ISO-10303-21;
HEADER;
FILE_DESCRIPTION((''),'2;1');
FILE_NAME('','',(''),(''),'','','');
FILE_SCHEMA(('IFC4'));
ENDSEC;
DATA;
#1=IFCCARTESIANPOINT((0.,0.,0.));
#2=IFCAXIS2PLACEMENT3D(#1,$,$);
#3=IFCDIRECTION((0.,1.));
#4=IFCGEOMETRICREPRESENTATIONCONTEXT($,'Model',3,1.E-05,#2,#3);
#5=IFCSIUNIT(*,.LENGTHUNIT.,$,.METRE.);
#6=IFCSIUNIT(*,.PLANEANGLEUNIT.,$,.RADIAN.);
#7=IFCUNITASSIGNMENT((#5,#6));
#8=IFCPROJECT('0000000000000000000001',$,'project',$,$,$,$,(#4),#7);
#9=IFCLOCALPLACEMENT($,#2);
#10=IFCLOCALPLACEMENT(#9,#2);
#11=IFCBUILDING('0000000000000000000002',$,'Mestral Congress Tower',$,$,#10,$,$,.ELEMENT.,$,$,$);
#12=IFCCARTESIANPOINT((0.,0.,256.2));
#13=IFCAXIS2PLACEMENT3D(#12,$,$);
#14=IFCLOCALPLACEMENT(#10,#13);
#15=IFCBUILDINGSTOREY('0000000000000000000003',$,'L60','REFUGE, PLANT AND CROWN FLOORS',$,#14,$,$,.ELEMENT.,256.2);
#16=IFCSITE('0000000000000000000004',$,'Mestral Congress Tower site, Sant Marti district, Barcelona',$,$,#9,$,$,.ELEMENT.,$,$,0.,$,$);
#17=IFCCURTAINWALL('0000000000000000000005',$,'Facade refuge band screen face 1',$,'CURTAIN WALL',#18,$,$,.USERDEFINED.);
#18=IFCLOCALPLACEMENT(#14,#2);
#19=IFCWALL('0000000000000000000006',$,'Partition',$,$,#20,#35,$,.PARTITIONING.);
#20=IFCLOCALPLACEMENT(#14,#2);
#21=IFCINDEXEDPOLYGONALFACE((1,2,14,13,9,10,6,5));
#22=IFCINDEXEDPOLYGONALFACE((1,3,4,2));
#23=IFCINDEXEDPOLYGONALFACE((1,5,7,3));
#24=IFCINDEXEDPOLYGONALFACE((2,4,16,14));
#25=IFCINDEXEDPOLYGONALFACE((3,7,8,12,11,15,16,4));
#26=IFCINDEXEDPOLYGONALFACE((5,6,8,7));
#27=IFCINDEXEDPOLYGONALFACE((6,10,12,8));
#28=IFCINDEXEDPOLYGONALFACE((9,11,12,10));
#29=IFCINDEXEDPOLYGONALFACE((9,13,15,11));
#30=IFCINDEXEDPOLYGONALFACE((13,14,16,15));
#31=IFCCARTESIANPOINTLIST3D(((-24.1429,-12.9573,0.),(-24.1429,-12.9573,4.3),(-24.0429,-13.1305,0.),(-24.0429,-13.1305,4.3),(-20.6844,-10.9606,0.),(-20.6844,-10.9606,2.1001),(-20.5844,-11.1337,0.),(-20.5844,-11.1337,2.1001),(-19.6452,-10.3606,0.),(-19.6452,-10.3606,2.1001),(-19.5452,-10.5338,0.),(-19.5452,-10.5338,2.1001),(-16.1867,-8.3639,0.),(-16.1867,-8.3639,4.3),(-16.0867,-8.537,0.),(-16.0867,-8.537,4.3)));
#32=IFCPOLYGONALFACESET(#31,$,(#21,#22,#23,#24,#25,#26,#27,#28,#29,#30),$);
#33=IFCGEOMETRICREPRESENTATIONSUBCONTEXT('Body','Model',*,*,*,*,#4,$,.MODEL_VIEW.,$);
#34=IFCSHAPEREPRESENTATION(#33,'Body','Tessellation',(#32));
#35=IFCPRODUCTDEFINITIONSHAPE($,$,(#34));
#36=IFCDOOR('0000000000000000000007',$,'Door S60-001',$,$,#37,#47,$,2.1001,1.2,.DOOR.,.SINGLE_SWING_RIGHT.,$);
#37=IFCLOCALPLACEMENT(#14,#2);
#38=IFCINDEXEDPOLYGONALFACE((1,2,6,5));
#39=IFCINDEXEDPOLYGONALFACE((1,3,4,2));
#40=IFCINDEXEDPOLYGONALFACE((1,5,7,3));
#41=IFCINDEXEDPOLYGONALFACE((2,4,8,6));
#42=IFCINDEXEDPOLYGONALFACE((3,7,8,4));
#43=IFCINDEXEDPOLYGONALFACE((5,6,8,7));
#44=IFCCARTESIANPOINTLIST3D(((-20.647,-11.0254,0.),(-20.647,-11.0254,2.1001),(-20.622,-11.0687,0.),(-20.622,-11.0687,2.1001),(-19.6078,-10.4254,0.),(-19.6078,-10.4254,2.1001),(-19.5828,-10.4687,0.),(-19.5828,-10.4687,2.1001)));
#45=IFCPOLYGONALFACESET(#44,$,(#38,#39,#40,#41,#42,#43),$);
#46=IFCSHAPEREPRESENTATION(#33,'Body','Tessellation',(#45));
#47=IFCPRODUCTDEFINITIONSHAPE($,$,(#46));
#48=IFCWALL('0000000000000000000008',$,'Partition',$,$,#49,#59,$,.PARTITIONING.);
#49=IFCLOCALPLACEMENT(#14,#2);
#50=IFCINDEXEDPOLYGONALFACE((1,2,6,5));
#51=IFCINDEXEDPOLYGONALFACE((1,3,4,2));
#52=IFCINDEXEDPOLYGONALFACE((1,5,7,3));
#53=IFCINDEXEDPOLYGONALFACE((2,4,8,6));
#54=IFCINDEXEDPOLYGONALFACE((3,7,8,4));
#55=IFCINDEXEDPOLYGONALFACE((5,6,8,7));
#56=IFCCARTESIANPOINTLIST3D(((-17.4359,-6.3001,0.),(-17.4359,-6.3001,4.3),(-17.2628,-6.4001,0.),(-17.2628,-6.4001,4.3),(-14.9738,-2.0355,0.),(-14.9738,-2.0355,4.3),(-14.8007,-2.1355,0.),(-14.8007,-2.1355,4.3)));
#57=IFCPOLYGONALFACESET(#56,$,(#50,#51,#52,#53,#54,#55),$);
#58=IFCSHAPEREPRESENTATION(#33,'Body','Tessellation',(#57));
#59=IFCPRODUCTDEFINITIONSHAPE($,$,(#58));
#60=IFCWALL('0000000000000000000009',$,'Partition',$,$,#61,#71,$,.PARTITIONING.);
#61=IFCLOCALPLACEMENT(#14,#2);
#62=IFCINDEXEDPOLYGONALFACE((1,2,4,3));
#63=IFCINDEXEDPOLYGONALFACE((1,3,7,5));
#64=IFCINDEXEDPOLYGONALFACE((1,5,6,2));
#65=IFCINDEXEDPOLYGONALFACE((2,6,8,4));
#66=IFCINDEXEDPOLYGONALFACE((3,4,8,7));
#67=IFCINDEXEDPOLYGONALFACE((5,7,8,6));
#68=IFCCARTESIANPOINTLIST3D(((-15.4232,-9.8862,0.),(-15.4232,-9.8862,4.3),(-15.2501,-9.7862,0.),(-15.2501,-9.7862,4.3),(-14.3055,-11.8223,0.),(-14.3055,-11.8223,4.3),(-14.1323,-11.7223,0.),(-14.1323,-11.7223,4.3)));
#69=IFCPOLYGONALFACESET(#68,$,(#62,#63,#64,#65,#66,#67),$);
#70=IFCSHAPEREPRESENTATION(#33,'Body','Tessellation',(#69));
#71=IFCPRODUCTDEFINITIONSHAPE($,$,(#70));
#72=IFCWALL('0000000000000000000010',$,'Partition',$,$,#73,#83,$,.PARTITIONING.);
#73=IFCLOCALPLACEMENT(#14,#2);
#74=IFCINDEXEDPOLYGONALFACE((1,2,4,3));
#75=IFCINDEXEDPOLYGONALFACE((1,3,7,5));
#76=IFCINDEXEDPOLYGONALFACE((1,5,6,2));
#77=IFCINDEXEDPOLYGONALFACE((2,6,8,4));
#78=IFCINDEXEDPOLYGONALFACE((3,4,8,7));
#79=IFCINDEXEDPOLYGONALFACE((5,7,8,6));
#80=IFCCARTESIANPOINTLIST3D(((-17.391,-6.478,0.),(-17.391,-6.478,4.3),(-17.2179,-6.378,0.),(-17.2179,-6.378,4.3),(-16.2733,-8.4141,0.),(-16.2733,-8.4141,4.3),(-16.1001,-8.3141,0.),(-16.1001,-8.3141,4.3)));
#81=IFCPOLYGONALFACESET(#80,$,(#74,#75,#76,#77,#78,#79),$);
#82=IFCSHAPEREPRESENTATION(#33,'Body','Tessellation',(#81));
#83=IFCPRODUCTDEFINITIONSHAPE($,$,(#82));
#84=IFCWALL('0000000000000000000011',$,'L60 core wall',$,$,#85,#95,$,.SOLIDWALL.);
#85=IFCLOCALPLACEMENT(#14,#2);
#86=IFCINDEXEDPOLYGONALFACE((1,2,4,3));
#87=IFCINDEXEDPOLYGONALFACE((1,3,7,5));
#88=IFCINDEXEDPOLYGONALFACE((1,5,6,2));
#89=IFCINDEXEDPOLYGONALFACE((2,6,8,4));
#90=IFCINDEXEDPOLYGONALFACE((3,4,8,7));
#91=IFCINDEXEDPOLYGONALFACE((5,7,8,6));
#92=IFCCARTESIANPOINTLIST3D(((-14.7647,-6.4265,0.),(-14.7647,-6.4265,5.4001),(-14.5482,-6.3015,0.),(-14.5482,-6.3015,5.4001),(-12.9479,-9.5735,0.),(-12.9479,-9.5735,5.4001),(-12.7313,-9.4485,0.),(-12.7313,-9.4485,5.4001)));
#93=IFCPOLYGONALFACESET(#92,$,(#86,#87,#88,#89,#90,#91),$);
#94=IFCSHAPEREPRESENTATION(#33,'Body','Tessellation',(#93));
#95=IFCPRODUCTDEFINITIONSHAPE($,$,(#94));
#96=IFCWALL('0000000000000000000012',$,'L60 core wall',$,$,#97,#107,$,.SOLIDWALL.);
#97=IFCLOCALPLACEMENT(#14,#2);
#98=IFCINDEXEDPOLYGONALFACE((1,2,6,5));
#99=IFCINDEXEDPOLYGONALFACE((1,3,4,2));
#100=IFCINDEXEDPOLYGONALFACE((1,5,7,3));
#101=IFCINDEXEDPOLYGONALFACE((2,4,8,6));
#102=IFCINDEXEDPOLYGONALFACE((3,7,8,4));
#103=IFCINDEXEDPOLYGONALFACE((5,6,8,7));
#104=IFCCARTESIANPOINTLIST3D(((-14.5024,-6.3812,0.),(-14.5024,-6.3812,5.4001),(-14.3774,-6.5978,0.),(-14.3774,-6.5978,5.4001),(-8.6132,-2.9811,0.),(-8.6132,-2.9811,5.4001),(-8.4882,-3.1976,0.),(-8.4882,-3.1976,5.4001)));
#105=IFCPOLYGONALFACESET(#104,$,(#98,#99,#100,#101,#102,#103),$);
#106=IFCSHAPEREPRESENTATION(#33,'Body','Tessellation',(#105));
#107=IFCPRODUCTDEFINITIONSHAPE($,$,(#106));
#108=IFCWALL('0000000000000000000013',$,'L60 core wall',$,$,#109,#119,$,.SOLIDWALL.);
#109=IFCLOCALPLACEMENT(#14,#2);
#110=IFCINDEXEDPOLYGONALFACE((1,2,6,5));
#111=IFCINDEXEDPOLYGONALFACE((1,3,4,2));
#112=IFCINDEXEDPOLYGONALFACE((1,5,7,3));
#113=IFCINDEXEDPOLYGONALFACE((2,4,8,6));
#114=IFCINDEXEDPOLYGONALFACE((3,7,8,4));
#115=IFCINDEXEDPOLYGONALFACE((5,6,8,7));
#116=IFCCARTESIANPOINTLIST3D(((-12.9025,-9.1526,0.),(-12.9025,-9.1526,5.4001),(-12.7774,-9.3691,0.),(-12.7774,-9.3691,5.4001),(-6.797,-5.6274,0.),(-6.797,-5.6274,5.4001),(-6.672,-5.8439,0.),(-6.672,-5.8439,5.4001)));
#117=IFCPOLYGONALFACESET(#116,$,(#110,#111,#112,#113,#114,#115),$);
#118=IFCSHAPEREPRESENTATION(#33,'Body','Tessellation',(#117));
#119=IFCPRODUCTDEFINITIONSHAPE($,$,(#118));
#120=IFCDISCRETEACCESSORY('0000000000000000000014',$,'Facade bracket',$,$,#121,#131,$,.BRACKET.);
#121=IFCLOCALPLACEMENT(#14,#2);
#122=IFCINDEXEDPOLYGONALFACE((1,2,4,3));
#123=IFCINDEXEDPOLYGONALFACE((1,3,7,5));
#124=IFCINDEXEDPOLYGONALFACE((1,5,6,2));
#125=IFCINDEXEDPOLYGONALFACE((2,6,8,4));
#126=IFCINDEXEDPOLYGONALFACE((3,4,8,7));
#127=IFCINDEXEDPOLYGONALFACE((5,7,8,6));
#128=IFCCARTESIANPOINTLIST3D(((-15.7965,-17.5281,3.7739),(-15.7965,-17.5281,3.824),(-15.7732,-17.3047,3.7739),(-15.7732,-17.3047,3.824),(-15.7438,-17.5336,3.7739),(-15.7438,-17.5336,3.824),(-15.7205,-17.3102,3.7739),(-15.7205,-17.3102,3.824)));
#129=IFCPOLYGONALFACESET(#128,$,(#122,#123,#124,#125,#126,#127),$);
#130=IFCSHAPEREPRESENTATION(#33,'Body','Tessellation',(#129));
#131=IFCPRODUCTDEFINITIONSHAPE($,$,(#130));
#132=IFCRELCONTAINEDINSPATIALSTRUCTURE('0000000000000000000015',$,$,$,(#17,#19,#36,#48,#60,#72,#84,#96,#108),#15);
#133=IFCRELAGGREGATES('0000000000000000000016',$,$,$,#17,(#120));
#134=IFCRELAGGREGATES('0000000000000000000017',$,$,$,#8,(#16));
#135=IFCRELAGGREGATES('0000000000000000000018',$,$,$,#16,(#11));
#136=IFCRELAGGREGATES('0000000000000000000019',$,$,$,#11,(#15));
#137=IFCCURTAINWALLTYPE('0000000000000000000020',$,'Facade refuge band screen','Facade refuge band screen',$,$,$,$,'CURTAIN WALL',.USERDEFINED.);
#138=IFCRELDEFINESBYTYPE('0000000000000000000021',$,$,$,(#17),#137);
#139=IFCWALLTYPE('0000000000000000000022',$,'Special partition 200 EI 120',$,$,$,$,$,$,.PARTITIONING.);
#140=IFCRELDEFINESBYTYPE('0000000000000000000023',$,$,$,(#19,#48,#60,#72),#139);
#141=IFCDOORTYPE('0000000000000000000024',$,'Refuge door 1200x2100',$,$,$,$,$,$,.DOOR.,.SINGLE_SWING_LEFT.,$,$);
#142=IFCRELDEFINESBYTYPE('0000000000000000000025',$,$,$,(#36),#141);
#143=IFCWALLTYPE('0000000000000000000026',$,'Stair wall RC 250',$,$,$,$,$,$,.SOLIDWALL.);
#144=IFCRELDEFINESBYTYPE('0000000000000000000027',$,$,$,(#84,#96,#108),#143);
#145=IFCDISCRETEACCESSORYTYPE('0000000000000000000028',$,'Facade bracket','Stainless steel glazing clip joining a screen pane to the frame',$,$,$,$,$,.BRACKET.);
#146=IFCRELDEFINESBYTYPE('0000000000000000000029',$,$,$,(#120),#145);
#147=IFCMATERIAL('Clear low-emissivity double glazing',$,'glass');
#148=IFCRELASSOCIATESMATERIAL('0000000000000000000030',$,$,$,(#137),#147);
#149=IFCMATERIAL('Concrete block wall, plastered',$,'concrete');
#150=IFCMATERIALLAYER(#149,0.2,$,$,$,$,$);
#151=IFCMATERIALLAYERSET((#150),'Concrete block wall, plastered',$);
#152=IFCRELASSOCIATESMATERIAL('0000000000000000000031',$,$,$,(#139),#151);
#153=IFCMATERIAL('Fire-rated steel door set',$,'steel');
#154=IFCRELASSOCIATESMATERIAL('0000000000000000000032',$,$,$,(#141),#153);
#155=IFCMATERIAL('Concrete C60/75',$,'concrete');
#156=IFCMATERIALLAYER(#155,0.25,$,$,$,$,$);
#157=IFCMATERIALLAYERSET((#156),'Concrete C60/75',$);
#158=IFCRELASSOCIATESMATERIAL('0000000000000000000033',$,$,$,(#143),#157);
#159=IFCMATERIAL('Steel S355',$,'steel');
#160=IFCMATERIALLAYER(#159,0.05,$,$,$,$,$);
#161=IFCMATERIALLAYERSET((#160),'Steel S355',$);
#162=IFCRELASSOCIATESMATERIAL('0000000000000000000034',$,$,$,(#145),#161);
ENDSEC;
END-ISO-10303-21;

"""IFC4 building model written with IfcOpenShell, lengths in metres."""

from ifc_helpers import new_model, si_unit, direction, frame, frame_2d, origin, origin_2d, place, context, subcontext, project, spatial, rectangle, extrude, material, layer, layer_set, type_object, element, fill, aggregate, save


model = new_model("IFC4")

# Units and contexts
model_context = context("Model", 3, precision=1e-05, world=origin(), true_north=direction((0.0, 1.0)))
body_context = subcontext(model_context, "Body", "Model", "MODEL_VIEW")
ifc_project = project(units=[si_unit("LENGTHUNIT", "METRE"), si_unit("PLANEANGLEUNIT", "RADIAN")], contexts=[model_context])

# Site, building, storey
site_placement = place(None, origin())
site = spatial("IfcSite", under=ifc_project, at=site_placement, Name="Mestral Congress Tower site, Sant Marti district, Barcelona", CompositionType="ELEMENT", RefElevation=0.0)
building_placement = place(site_placement, origin())
building = spatial("IfcBuilding", under=site, at=building_placement, Name="Mestral Congress Tower", CompositionType="ELEMENT")
storey_placement = place(building_placement, frame((0.0, 0.0, 256.2)))
storey = spatial("IfcBuildingStorey", under=building, at=storey_placement, Name="L60", Description="REFUGE, PLANT AND CROWN FLOORS", CompositionType="ELEMENT", Elevation=256.2)

# Shared definitions
ifc_material_1 = material(Name="Steel S355", Category="steel")

# Curtain wall
ifc_material_2 = material(Name="Clear low-emissivity double glazing", Category="glass")
curtain_wall_type = type_object("IfcCurtainWallType", Name="Facade refuge band screen", Description="Facade refuge band screen", ElementType="CURTAIN WALL", PredefinedType="USERDEFINED", material=ifc_material_2)
curtain_wall_placement = place(storey_placement, origin())
curtain_wall = element("IfcCurtainWall", 1, at=curtain_wall_placement, inside=storey, type_object=curtain_wall_type, Name="Facade refuge band screen face 1", ObjectType="CURTAIN WALL", PredefinedType="USERDEFINED")

# Shared definitions
ifc_material_3 = material(Name="Concrete C60/75", Category="concrete")

# Wall, opening, door
ifc_material_4 = material(Name="Fire-rated steel door set", Category="steel")
ifc_material_5 = material(Name="Concrete block wall, plastered", Category="concrete")
ifc_layer_1 = layer(ifc_material_5, 0.2)
ifc_layer_set_1 = layer_set([ifc_layer_1], Name="Concrete block wall, plastered")
wall_type_1 = type_object("IfcWallType", Name="Special partition 200 EI 120", PredefinedType="PARTITIONING", material=ifc_layer_set_1)
wall_1_placement = place(storey_placement, frame((-16.1367, -8.4504, 0.0), z_axis=(0.0, 0.0, 1.0), x_axis=(-0.866028, -0.499995, 0.0)))
wall_1 = element("IfcWall", 2, at=wall_1_placement, inside=storey, type_object=wall_type_1, Name="Partition", PredefinedType="PARTITIONING", context=body_context, shape_type="SweptSolid", body=[
    extrude(rectangle(XDim=9.187, YDim=0.2, at=frame_2d((4.5935, 0.0))), origin(), (0.0, 0.0, 1.0), 4.3),
])
opening_1_placement = place(wall_1_placement, frame((3.9934, 0.0, 0.0)))
opening_1 = element("IfcOpeningElement", 3, at=opening_1_placement, cuts=wall_1, PredefinedType="OPENING", context=body_context, shape_type="SweptSolid", body=[
    extrude(rectangle(XDim=1.2, YDim=2.1001, at=frame_2d((0.6001, 1.05))), frame((0.0, 0.1099, 0.0), z_axis=(0.0, -1.0, 0.0), x_axis=(1.0, 0.0, 0.0)), (0.0, 0.0, 1.0), 0.22),
])
door_type_1 = type_object("IfcDoorType", Name="Refuge door 1200x2100", OperationType="SINGLE_SWING_LEFT", PredefinedType="DOOR", material=ifc_material_4)
door_1_placement = place(opening_1_placement, origin())
door_1 = element("IfcDoor", 4, at=door_1_placement, inside=storey, type_object=door_type_1, Name="Door S60-001", OperationType="SINGLE_SWING_RIGHT", OverallHeight=2.1001, OverallWidth=1.2, PredefinedType="DOOR", context=body_context, shape_type="SweptSolid", body=[
    extrude(rectangle(XDim=1.2, YDim=2.1001, at=frame_2d((0.6001, 1.05))), frame((0.0, 0.0249, 0.0), z_axis=(0.0, -1.0, 0.0), x_axis=(1.0, 0.0, 0.0)), (0.0, 0.0, 1.0), 0.05),
])
fill(opening_1, door_1)

# Walls
wall_2_placement = place(storey_placement, frame((-17.3494, -6.3501, 0.0), z_axis=(0.0, 0.0, 1.0), x_axis=(0.499994, 0.866029, 0.0)))
element("IfcWall", 5, at=wall_2_placement, inside=storey, type_object=wall_type_1, Name="Partition", PredefinedType="PARTITIONING", context=body_context, shape_type="SweptSolid", body=[
    extrude(rectangle(XDim=4.9243, YDim=0.2, at=frame_2d((2.4622, 0.0))), origin(), (0.0, 0.0, 1.0), 4.3),
])
for number, where, z_axis, x_axis, name in (
    (6, (-14.219, -11.7722, 0.0), (0.0, 0.0, 1.0), (-0.499968, 0.866044, 0.0), "Partition"),
    (7, (-16.1868, -8.364, 0.0), (0.0, 0.0, 1.0), (-0.499968, 0.866044, 0.0), "Partition"),
):
    element("IfcWall", number, at=place(storey_placement, frame(where, z_axis=z_axis, x_axis=x_axis)), inside=storey, type_object=wall_type_1, Name=name, PredefinedType="PARTITIONING", context=body_context, shape_type="SweptSolid", body=[
        extrude(rectangle(XDim=2.2356, YDim=0.2, at=frame_2d((1.1177, 0.0))), origin(), (0.0, 0.0, 1.0), 4.3),
    ])
ifc_layer_2 = layer(ifc_material_3, 0.25)
ifc_layer_set_2 = layer_set([ifc_layer_2], Name="Concrete C60/75")
wall_type_2 = type_object("IfcWallType", Name="Stair wall RC 250", PredefinedType="SOLIDWALL", material=ifc_layer_set_2)
wall_3_placement = place(storey_placement, frame((-12.8396, -9.511, 0.0), z_axis=(0.0, 0.0, 1.0), x_axis=(-0.499998, 0.866027, 0.0)))
element("IfcWall", 8, at=wall_3_placement, inside=storey, type_object=wall_type_2, Name="L60 core wall", PredefinedType="SOLIDWALL", context=body_context, shape_type="SweptSolid", body=[
    extrude(rectangle(XDim=3.6338, YDim=0.25, at=frame_2d((1.8169, 0.0))), origin(), (0.0, 0.0, 1.0), 5.4001),
])
wall_4_placement = place(storey_placement, frame((-14.4399, -6.4895, 0.0), z_axis=(0.0, 0.0, 1.0), x_axis=(0.866023, 0.500004, 0.0)))
element("IfcWall", 9, at=wall_4_placement, inside=storey, type_object=wall_type_2, Name="L60 core wall", PredefinedType="SOLIDWALL", context=body_context, shape_type="SweptSolid", body=[
    extrude(rectangle(XDim=6.8003, YDim=0.25, at=frame_2d((3.4001, 0.0))), origin(), (0.0, 0.0, 1.0), 5.4001),
])
wall_5_placement = place(storey_placement, frame((-12.8398, -9.2607, 0.0), z_axis=(0.0, 0.0, 1.0), x_axis=(0.866016, 0.500016, 0.0)))
element("IfcWall", 10, at=wall_5_placement, inside=storey, type_object=wall_type_2, Name="L60 core wall", PredefinedType="SOLIDWALL", context=body_context, shape_type="SweptSolid", body=[
    extrude(rectangle(XDim=7.05, YDim=0.25, at=frame_2d((3.5249, 0.0))), origin(), (0.0, 0.0, 1.0), 5.4001),
])

# Discrete accessory
ifc_layer_3 = layer(ifc_material_1, 0.05)
ifc_layer_set_3 = layer_set([ifc_layer_3], Name="Steel S355")
discrete_accessory_type = type_object("IfcDiscreteAccessoryType", Name="Facade bracket", Description="Stainless steel glazing clip joining a screen pane to the frame", PredefinedType="BRACKET", material=ifc_layer_set_3)
discrete_accessory_placement = place(storey_placement, frame((-15.7585, -17.4192, 3.7739), z_axis=(0.0, 0.0, 1.0), x_axis=(0.994604, -0.103742, 0.0)))
discrete_accessory = element("IfcDiscreteAccessory", 11, at=discrete_accessory_placement, type_object=discrete_accessory_type, Name="Facade bracket", PredefinedType="BRACKET", context=body_context, shape_type="SweptSolid", body=[
    extrude(rectangle(XDim=0.053, YDim=0.2246, at=origin_2d()), origin(), (0.0, 0.0, 1.0), 0.05),
])
aggregate(curtain_wall, [discrete_accessory])

save(model, "model.ifc")
